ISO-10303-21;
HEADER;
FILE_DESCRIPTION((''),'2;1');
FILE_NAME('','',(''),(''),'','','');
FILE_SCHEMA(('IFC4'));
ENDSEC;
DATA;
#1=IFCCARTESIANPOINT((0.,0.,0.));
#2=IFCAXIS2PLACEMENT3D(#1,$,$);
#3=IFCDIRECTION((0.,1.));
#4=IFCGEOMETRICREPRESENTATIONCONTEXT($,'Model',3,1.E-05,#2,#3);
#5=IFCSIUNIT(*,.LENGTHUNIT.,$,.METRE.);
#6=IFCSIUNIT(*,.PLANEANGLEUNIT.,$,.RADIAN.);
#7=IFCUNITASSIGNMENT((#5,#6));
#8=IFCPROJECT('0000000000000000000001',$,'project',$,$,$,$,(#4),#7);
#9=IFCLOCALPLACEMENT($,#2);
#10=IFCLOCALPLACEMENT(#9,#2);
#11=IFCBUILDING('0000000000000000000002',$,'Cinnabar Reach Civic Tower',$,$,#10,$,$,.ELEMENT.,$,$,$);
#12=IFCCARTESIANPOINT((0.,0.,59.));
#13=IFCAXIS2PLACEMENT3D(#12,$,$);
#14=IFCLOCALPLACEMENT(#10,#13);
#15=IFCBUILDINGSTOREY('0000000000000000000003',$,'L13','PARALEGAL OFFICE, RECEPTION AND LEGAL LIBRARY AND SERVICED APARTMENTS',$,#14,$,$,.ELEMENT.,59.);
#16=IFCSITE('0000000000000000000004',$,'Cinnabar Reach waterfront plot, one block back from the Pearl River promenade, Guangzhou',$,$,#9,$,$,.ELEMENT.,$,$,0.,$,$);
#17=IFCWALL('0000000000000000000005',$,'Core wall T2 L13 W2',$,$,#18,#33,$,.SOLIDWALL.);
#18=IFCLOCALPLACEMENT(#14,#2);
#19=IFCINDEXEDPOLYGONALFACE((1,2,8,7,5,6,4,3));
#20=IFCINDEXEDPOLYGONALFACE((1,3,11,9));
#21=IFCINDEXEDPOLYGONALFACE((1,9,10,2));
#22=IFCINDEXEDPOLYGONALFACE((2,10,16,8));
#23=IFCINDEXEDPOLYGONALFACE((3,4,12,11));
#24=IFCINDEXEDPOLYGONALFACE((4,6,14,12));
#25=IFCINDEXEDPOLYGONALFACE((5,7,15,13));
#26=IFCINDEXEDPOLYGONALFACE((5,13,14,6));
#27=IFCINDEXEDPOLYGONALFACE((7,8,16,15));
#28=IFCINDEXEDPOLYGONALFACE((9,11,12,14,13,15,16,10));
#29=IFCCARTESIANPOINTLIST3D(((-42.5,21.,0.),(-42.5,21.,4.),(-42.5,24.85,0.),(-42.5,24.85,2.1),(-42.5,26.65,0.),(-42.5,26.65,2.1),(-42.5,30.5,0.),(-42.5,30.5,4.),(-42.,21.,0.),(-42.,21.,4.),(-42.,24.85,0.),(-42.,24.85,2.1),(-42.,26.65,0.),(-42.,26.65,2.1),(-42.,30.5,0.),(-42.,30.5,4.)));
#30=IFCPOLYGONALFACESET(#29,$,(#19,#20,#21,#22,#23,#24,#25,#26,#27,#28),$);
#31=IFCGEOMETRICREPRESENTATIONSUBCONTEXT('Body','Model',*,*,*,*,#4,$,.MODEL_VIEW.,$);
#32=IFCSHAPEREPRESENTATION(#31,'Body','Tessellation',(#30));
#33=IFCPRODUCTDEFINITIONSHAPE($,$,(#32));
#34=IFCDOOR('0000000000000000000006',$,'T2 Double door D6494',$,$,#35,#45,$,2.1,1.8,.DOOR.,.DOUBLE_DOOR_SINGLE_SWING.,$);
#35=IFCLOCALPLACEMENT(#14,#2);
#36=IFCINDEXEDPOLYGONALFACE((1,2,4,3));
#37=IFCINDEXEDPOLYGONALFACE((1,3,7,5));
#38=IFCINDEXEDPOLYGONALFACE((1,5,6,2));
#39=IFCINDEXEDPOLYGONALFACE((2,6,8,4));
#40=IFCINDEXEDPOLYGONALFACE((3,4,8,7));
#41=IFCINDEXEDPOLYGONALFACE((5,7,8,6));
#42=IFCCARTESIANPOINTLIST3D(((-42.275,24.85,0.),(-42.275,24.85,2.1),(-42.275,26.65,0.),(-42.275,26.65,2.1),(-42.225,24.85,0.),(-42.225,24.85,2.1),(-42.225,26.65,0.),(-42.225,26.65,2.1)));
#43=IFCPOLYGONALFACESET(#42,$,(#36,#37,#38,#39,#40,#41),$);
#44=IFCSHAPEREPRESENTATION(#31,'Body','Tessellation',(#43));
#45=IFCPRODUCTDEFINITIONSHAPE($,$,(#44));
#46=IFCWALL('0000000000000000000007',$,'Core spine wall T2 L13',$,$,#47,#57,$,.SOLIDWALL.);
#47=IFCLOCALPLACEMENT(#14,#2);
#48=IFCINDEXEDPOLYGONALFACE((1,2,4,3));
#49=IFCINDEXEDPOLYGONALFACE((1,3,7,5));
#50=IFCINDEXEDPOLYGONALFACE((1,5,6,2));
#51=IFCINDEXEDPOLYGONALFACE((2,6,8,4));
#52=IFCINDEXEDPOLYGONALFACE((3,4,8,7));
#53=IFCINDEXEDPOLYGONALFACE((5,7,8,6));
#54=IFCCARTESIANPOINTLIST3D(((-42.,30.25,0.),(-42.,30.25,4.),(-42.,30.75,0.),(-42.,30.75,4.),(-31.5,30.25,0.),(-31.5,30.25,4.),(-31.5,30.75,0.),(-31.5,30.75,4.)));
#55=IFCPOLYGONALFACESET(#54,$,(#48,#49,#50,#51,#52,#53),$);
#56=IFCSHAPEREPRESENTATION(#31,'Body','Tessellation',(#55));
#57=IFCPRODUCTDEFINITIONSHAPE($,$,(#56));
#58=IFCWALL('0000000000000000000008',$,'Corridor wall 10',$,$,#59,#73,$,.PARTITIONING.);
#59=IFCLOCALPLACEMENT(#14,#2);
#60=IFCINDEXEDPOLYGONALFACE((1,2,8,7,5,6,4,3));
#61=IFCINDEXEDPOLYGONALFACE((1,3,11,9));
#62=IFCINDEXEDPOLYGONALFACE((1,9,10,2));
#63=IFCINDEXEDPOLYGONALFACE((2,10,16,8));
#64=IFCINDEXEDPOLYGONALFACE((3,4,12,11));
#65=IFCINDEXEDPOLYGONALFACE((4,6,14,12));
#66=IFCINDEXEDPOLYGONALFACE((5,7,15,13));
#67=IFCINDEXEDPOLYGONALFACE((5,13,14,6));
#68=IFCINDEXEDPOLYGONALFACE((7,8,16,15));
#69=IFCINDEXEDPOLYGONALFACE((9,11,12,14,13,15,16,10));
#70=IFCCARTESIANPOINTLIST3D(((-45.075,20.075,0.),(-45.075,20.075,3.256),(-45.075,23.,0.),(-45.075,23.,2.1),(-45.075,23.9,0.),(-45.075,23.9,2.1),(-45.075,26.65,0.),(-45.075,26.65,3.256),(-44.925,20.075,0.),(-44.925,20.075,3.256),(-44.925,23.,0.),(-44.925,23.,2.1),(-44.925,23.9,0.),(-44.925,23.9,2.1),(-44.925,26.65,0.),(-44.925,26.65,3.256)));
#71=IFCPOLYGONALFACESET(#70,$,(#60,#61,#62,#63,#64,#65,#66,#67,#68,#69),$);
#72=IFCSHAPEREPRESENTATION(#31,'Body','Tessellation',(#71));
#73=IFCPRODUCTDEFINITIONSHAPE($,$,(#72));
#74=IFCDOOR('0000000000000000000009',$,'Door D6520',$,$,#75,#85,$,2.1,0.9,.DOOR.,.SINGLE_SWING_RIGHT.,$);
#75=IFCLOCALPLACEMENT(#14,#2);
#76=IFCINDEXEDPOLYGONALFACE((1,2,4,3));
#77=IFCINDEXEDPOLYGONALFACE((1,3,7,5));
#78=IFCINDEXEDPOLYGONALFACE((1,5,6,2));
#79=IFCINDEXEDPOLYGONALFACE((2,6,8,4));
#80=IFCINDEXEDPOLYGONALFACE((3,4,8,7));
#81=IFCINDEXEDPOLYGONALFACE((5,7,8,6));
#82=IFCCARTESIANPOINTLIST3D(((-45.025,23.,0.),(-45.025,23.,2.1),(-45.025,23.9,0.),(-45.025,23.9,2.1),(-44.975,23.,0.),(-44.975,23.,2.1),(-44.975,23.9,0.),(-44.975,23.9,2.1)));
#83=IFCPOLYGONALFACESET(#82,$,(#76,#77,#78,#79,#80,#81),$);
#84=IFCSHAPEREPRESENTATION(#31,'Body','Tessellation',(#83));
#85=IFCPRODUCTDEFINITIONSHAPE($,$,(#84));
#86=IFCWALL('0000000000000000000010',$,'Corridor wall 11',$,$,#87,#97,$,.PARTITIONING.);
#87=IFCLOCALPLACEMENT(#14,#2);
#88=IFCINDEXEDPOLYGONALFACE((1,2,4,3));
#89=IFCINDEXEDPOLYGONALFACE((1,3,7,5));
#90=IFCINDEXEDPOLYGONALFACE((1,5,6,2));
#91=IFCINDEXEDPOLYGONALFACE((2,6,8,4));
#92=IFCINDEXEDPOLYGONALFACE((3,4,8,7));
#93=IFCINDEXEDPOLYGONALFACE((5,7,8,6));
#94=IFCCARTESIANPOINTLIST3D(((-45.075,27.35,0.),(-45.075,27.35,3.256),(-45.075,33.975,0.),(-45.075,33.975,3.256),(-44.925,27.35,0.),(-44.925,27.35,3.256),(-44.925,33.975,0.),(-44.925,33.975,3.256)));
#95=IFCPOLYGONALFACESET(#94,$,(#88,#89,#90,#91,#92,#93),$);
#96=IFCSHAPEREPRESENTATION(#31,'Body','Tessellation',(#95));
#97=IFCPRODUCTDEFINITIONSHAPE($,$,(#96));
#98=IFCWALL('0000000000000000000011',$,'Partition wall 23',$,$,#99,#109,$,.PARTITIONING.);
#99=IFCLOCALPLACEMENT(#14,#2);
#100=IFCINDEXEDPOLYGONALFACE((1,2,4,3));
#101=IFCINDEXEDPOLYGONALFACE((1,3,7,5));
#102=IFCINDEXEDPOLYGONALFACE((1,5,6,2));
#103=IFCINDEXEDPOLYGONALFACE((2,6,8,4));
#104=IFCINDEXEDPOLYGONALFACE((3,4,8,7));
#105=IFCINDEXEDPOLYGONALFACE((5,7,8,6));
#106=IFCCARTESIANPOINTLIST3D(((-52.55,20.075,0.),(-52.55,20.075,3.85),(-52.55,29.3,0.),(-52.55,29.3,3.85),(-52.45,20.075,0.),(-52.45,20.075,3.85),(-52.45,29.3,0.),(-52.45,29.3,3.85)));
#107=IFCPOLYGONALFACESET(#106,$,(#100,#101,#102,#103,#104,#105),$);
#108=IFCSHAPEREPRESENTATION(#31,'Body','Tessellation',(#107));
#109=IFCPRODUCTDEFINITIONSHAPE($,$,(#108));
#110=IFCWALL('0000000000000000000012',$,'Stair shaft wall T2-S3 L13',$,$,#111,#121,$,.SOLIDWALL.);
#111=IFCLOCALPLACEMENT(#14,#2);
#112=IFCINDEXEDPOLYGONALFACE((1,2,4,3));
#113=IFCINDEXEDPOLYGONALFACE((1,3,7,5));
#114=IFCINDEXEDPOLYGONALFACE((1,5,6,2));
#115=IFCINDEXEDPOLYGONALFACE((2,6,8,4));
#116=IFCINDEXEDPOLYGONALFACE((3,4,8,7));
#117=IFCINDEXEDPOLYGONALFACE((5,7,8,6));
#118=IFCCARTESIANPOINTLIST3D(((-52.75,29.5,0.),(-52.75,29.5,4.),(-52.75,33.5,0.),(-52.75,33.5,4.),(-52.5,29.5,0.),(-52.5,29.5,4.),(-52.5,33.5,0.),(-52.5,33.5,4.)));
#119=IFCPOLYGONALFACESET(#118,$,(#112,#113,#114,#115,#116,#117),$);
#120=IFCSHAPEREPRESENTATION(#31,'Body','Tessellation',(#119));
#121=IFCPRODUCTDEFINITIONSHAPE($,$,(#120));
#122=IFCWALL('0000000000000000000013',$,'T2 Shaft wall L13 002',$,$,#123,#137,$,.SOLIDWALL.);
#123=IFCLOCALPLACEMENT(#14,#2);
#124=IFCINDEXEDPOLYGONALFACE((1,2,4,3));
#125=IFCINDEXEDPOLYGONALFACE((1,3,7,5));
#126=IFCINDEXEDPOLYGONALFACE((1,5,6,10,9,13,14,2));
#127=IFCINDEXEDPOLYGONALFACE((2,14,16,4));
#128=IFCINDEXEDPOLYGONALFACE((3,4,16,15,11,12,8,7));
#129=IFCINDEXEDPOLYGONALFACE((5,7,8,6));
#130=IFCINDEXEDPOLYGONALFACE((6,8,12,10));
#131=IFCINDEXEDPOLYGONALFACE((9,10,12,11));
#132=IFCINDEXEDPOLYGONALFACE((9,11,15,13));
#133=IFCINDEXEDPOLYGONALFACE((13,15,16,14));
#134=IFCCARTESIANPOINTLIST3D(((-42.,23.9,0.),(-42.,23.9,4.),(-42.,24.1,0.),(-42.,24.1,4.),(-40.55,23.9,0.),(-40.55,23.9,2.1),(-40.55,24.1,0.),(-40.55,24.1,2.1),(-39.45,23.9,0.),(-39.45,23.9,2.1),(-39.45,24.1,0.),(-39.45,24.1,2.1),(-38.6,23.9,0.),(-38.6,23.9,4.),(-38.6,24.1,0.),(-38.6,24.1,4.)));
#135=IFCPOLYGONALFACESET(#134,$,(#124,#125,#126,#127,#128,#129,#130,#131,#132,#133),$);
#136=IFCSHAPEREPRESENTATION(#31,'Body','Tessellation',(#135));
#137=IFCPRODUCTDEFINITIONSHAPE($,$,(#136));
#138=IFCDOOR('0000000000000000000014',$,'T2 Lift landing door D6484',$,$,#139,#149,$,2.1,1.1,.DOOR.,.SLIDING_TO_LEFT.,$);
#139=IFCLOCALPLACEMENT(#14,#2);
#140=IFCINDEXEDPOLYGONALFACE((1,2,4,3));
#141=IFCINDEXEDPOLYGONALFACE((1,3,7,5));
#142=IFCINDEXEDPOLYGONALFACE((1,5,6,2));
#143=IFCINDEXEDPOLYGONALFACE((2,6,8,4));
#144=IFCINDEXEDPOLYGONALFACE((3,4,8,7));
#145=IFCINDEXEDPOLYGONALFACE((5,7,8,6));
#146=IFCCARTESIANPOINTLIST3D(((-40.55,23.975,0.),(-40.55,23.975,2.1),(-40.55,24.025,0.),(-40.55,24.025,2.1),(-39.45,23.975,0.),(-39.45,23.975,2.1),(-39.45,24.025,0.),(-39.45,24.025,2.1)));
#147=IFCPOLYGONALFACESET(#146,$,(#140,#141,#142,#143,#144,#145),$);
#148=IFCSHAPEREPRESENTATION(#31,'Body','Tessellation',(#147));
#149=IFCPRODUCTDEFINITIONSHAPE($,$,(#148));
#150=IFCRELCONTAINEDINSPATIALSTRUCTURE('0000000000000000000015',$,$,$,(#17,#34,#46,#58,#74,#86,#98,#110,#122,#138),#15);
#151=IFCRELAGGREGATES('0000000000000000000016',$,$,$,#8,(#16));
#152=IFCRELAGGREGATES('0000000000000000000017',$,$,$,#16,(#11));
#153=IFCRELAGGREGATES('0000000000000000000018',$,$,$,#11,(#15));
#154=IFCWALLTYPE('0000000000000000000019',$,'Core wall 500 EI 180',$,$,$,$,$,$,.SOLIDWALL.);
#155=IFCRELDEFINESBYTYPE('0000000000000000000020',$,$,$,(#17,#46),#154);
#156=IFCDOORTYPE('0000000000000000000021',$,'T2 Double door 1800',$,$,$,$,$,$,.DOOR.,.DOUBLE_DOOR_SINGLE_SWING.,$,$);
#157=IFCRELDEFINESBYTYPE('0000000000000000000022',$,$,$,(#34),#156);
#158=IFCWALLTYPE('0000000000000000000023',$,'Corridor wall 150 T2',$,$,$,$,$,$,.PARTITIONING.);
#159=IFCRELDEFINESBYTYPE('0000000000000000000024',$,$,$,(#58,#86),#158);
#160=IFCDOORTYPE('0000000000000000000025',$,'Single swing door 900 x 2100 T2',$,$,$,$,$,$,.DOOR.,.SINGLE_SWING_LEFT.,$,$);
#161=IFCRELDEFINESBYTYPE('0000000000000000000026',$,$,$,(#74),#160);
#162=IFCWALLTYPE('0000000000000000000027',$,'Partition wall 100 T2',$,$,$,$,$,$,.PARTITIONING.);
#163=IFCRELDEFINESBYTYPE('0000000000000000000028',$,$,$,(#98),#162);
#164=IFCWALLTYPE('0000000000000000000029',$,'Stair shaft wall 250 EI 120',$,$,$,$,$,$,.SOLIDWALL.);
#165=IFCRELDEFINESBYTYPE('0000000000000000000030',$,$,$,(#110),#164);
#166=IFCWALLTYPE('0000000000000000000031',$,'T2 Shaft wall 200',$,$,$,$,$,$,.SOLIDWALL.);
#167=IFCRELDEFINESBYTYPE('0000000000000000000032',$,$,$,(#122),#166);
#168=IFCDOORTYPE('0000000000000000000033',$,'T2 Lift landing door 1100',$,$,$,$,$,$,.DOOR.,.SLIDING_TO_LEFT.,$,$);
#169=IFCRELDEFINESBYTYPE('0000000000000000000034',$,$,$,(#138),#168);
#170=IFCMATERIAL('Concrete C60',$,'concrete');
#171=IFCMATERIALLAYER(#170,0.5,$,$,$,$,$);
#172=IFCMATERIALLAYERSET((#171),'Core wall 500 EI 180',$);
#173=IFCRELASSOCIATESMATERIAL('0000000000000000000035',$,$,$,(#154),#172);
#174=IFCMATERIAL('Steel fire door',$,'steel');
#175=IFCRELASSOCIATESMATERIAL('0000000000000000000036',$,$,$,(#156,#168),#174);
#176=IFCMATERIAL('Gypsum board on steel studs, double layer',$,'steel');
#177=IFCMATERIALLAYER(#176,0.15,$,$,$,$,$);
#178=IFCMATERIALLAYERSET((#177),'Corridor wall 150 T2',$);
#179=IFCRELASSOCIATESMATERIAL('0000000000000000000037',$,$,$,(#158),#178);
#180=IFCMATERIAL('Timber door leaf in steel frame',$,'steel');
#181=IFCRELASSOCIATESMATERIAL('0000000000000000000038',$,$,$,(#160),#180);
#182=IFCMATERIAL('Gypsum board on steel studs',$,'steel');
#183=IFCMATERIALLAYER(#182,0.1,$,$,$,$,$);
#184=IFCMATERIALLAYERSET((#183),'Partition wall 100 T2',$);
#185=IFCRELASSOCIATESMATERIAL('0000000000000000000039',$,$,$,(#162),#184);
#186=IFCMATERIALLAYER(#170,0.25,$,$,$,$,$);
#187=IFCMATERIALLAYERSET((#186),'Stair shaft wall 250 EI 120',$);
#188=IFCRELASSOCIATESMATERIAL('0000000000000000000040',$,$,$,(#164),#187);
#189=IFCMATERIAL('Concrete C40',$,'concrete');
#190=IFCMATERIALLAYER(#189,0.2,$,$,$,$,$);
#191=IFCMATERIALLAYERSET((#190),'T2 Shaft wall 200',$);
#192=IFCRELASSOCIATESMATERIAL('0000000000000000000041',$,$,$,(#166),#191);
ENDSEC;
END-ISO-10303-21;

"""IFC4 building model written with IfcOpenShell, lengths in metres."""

from ifc_helpers import new_model, si_unit, direction, frame, frame_2d, origin, place, context, subcontext, project, spatial, rectangle, extrude, material, layer, layer_set, type_object, element, fill, save


model = new_model("IFC4")

# Units and contexts
model_context = context("Model", 3, precision=1e-05, world=origin(), true_north=direction((0.0, 1.0)))
body_context = subcontext(model_context, "Body", "Model", "MODEL_VIEW")
ifc_project = project(units=[si_unit("LENGTHUNIT", "METRE"), si_unit("PLANEANGLEUNIT", "RADIAN")], contexts=[model_context])

# Site, building, storey
site_placement = place(None, origin())
site = spatial("IfcSite", under=ifc_project, at=site_placement, Name="Cinnabar Reach waterfront plot, one block back from the Pearl River promenade, Guangzhou", CompositionType="ELEMENT", RefElevation=0.0)
building_placement = place(site_placement, origin())
building = spatial("IfcBuilding", under=site, at=building_placement, Name="Cinnabar Reach Civic Tower", CompositionType="ELEMENT")
storey_placement = place(building_placement, frame((0.0, 0.0, 59.0)))
storey = spatial("IfcBuildingStorey", under=building, at=storey_placement, Name="L13", Description="PARALEGAL OFFICE, RECEPTION AND LEGAL LIBRARY AND SERVICED APARTMENTS", CompositionType="ELEMENT", Elevation=59.0)

# Shared definitions
ifc_material_1 = material(Name="Concrete C60", Category="concrete")

# Shared definitions
ifc_layer_1 = layer(ifc_material_1, 0.5)
ifc_layer_set_1 = layer_set([ifc_layer_1], Name="Core wall 500 EI 180")
wall_type_1 = type_object("IfcWallType", Name="Core wall 500 EI 180", PredefinedType="SOLIDWALL", material=ifc_layer_set_1)

# Wall, opening, door
wall_1_placement = place(storey_placement, frame((-42.25, 30.5, 0.0), z_axis=(0.0, 0.0, 1.0), x_axis=(0.0, -1.0, 0.0)))
wall_1 = element("IfcWall", 1, at=wall_1_placement, inside=storey, type_object=wall_type_1, Name="Core wall T2 L13 W2", PredefinedType="SOLIDWALL", context=body_context, shape_type="SweptSolid", body=[
    extrude(rectangle(XDim=9.5, YDim=0.5, at=frame_2d((4.75, 0.0))), origin(), (0.0, 0.0, 1.0), 4.0),
])
opening_1_placement = place(wall_1_placement, frame((3.85, 0.0, 0.0)))
opening_1 = element("IfcOpeningElement", 2, at=opening_1_placement, cuts=wall_1, PredefinedType="OPENING", context=body_context, shape_type="SweptSolid", body=[
    extrude(rectangle(XDim=1.8, YDim=2.1, at=frame_2d((0.9, 1.05))), frame((0.0, 0.26, 0.0), z_axis=(0.0, -1.0, 0.0), x_axis=(1.0, 0.0, 0.0)), (0.0, 0.0, 1.0), 0.52),
])
ifc_material_2 = material(Name="Steel fire door", Category="steel")
door_type_1 = type_object("IfcDoorType", Name="T2 Double door 1800", OperationType="DOUBLE_DOOR_SINGLE_SWING", PredefinedType="DOOR", material=ifc_material_2)
door_1_placement = place(opening_1_placement, origin())
door_1 = element("IfcDoor", 3, at=door_1_placement, inside=storey, type_object=door_type_1, Name="T2 Double door D6494", OperationType="DOUBLE_DOOR_SINGLE_SWING", OverallHeight=2.1, OverallWidth=1.8, PredefinedType="DOOR", context=body_context, shape_type="SweptSolid", body=[
    extrude(rectangle(XDim=1.8, YDim=2.1, at=frame_2d((0.9, 1.05))), frame((0.0, 0.025, 0.0), z_axis=(0.0, -1.0, 0.0), x_axis=(1.0, 0.0, 0.0)), (0.0, 0.0, 1.0), 0.05),
])
fill(opening_1, door_1)

# Wall
wall_2_placement = place(storey_placement, frame((-42.0, 30.5, 0.0), z_axis=(0.0, 0.0, 1.0), x_axis=(1.0, 0.0, 0.0)))
element("IfcWall", 4, at=wall_2_placement, inside=storey, type_object=wall_type_1, Name="Core spine wall T2 L13", PredefinedType="SOLIDWALL", context=body_context, shape_type="SweptSolid", body=[
    extrude(rectangle(XDim=10.5, YDim=0.5, at=frame_2d((5.25, 0.0))), origin(), (0.0, 0.0, 1.0), 4.0),
])

# Wall, opening, door
ifc_material_3 = material(Name="Gypsum board on steel studs, double layer", Category="steel")
ifc_layer_2 = layer(ifc_material_3, 0.15)
ifc_layer_set_2 = layer_set([ifc_layer_2], Name="Corridor wall 150 T2")
wall_type_2 = type_object("IfcWallType", Name="Corridor wall 150 T2", PredefinedType="PARTITIONING", material=ifc_layer_set_2)
wall_3_placement = place(storey_placement, frame((-45.0, 20.075, 0.0), z_axis=(0.0, 0.0, 1.0), x_axis=(0.0, 1.0, 0.0)))
wall_3 = element("IfcWall", 5, at=wall_3_placement, inside=storey, type_object=wall_type_2, Name="Corridor wall 10", PredefinedType="PARTITIONING", context=body_context, shape_type="SweptSolid", body=[
    extrude(rectangle(XDim=6.575, YDim=0.15, at=frame_2d((3.2875, 0.0))), origin(), (0.0, 0.0, 1.0), 3.256),
])
opening_2_placement = place(wall_3_placement, frame((2.925, 0.0, 0.0)))
opening_2 = element("IfcOpeningElement", 6, at=opening_2_placement, cuts=wall_3, PredefinedType="OPENING", context=body_context, shape_type="SweptSolid", body=[
    extrude(rectangle(XDim=0.9, YDim=2.1, at=frame_2d((0.45, 1.05))), frame((0.0, 0.085, 0.0), z_axis=(0.0, -1.0, 0.0), x_axis=(1.0, 0.0, 0.0)), (0.0, 0.0, 1.0), 0.17),
])
ifc_material_4 = material(Name="Timber door leaf in steel frame", Category="steel")
door_type_2 = type_object("IfcDoorType", Name="Single swing door 900 x 2100 T2", OperationType="SINGLE_SWING_LEFT", PredefinedType="DOOR", material=ifc_material_4)
door_2_placement = place(opening_2_placement, origin())
door_2 = element("IfcDoor", 7, at=door_2_placement, inside=storey, type_object=door_type_2, Name="Door D6520", OperationType="SINGLE_SWING_RIGHT", OverallHeight=2.1, OverallWidth=0.9, PredefinedType="DOOR", context=body_context, shape_type="SweptSolid", body=[
    extrude(rectangle(XDim=0.9, YDim=2.1, at=frame_2d((0.45, 1.05))), frame((0.0, 0.025, 0.0), z_axis=(0.0, -1.0, 0.0), x_axis=(1.0, 0.0, 0.0)), (0.0, 0.0, 1.0), 0.05),
])
fill(opening_2, door_2)

# Walls
wall_4_placement = place(storey_placement, frame((-45.0, 27.35, 0.0), z_axis=(0.0, 0.0, 1.0), x_axis=(0.0, 1.0, 0.0)))
element("IfcWall", 8, at=wall_4_placement, inside=storey, type_object=wall_type_2, Name="Corridor wall 11", PredefinedType="PARTITIONING", context=body_context, shape_type="SweptSolid", body=[
    extrude(rectangle(XDim=6.625, YDim=0.15, at=frame_2d((3.3125, 0.0))), origin(), (0.0, 0.0, 1.0), 3.256),
])
ifc_material_5 = material(Name="Gypsum board on steel studs", Category="steel")
ifc_layer_3 = layer(ifc_material_5, 0.1)
ifc_layer_set_3 = layer_set([ifc_layer_3], Name="Partition wall 100 T2")
wall_type_3 = type_object("IfcWallType", Name="Partition wall 100 T2", PredefinedType="PARTITIONING", material=ifc_layer_set_3)
wall_5_placement = place(storey_placement, frame((-52.5, 20.075, 0.0), z_axis=(0.0, 0.0, 1.0), x_axis=(0.0, 1.0, 0.0)))
element("IfcWall", 9, at=wall_5_placement, inside=storey, type_object=wall_type_3, Name="Partition wall 23", PredefinedType="PARTITIONING", context=body_context, shape_type="SweptSolid", body=[
    extrude(rectangle(XDim=9.225, YDim=0.1, at=frame_2d((4.6125, 0.0))), origin(), (0.0, 0.0, 1.0), 3.85),
])
ifc_layer_4 = layer(ifc_material_1, 0.25)
ifc_layer_set_4 = layer_set([ifc_layer_4], Name="Stair shaft wall 250 EI 120")
wall_type_4 = type_object("IfcWallType", Name="Stair shaft wall 250 EI 120", PredefinedType="SOLIDWALL", material=ifc_layer_set_4)
wall_6_placement = place(storey_placement, frame((-52.625, 29.5, 0.0), z_axis=(0.0, 0.0, 1.0), x_axis=(0.0, 1.0, 0.0)))
element("IfcWall", 10, at=wall_6_placement, inside=storey, type_object=wall_type_4, Name="Stair shaft wall T2-S3 L13", PredefinedType="SOLIDWALL", context=body_context, shape_type="SweptSolid", body=[
    extrude(rectangle(XDim=4.0, YDim=0.25, at=frame_2d((2.0, 0.0))), origin(), (0.0, 0.0, 1.0), 4.0),
])

# Wall, opening, door
ifc_material_6 = material(Name="Concrete C40", Category="concrete")
ifc_layer_5 = layer(ifc_material_6, 0.2)
ifc_layer_set_5 = layer_set([ifc_layer_5], Name="T2 Shaft wall 200")
wall_type_5 = type_object("IfcWallType", Name="T2 Shaft wall 200", PredefinedType="SOLIDWALL", material=ifc_layer_set_5)
wall_7_placement = place(storey_placement, frame((-38.6, 24.0, 0.0), z_axis=(0.0, 0.0, 1.0), x_axis=(-1.0, 0.0, 0.0)))
wall_7 = element("IfcWall", 11, at=wall_7_placement, inside=storey, type_object=wall_type_5, Name="T2 Shaft wall L13 002", PredefinedType="SOLIDWALL", context=body_context, shape_type="SweptSolid", body=[
    extrude(rectangle(XDim=3.4, YDim=0.2, at=frame_2d((1.7, 0.0))), origin(), (0.0, 0.0, 1.0), 4.0),
])
opening_3_placement = place(wall_7_placement, frame((0.85, 0.0, 0.0)))
opening_3 = element("IfcOpeningElement", 12, at=opening_3_placement, cuts=wall_7, PredefinedType="OPENING", context=body_context, shape_type="SweptSolid", body=[
    extrude(rectangle(XDim=1.1, YDim=2.1, at=frame_2d((0.55, 1.05))), frame((0.0, 0.11, 0.0), z_axis=(0.0, -1.0, 0.0), x_axis=(1.0, 0.0, 0.0)), (0.0, 0.0, 1.0), 0.22),
])
door_type_3 = type_object("IfcDoorType", Name="T2 Lift landing door 1100", OperationType="SLIDING_TO_LEFT", PredefinedType="DOOR", material=ifc_material_2)
door_3_placement = place(opening_3_placement, origin())
door_3 = element("IfcDoor", 13, at=door_3_placement, inside=storey, type_object=door_type_3, Name="T2 Lift landing door D6484", OperationType="SLIDING_TO_LEFT", OverallHeight=2.1, OverallWidth=1.1, PredefinedType="DOOR", context=body_context, shape_type="SweptSolid", body=[
    extrude(rectangle(XDim=1.1, YDim=2.1, at=frame_2d((0.55, 1.05))), frame((0.0, 0.025, 0.0), z_axis=(0.0, -1.0, 0.0), x_axis=(1.0, 0.0, 0.0)), (0.0, 0.0, 1.0), 0.05),
])
fill(opening_3, door_3)

save(model, "model.ifc")
